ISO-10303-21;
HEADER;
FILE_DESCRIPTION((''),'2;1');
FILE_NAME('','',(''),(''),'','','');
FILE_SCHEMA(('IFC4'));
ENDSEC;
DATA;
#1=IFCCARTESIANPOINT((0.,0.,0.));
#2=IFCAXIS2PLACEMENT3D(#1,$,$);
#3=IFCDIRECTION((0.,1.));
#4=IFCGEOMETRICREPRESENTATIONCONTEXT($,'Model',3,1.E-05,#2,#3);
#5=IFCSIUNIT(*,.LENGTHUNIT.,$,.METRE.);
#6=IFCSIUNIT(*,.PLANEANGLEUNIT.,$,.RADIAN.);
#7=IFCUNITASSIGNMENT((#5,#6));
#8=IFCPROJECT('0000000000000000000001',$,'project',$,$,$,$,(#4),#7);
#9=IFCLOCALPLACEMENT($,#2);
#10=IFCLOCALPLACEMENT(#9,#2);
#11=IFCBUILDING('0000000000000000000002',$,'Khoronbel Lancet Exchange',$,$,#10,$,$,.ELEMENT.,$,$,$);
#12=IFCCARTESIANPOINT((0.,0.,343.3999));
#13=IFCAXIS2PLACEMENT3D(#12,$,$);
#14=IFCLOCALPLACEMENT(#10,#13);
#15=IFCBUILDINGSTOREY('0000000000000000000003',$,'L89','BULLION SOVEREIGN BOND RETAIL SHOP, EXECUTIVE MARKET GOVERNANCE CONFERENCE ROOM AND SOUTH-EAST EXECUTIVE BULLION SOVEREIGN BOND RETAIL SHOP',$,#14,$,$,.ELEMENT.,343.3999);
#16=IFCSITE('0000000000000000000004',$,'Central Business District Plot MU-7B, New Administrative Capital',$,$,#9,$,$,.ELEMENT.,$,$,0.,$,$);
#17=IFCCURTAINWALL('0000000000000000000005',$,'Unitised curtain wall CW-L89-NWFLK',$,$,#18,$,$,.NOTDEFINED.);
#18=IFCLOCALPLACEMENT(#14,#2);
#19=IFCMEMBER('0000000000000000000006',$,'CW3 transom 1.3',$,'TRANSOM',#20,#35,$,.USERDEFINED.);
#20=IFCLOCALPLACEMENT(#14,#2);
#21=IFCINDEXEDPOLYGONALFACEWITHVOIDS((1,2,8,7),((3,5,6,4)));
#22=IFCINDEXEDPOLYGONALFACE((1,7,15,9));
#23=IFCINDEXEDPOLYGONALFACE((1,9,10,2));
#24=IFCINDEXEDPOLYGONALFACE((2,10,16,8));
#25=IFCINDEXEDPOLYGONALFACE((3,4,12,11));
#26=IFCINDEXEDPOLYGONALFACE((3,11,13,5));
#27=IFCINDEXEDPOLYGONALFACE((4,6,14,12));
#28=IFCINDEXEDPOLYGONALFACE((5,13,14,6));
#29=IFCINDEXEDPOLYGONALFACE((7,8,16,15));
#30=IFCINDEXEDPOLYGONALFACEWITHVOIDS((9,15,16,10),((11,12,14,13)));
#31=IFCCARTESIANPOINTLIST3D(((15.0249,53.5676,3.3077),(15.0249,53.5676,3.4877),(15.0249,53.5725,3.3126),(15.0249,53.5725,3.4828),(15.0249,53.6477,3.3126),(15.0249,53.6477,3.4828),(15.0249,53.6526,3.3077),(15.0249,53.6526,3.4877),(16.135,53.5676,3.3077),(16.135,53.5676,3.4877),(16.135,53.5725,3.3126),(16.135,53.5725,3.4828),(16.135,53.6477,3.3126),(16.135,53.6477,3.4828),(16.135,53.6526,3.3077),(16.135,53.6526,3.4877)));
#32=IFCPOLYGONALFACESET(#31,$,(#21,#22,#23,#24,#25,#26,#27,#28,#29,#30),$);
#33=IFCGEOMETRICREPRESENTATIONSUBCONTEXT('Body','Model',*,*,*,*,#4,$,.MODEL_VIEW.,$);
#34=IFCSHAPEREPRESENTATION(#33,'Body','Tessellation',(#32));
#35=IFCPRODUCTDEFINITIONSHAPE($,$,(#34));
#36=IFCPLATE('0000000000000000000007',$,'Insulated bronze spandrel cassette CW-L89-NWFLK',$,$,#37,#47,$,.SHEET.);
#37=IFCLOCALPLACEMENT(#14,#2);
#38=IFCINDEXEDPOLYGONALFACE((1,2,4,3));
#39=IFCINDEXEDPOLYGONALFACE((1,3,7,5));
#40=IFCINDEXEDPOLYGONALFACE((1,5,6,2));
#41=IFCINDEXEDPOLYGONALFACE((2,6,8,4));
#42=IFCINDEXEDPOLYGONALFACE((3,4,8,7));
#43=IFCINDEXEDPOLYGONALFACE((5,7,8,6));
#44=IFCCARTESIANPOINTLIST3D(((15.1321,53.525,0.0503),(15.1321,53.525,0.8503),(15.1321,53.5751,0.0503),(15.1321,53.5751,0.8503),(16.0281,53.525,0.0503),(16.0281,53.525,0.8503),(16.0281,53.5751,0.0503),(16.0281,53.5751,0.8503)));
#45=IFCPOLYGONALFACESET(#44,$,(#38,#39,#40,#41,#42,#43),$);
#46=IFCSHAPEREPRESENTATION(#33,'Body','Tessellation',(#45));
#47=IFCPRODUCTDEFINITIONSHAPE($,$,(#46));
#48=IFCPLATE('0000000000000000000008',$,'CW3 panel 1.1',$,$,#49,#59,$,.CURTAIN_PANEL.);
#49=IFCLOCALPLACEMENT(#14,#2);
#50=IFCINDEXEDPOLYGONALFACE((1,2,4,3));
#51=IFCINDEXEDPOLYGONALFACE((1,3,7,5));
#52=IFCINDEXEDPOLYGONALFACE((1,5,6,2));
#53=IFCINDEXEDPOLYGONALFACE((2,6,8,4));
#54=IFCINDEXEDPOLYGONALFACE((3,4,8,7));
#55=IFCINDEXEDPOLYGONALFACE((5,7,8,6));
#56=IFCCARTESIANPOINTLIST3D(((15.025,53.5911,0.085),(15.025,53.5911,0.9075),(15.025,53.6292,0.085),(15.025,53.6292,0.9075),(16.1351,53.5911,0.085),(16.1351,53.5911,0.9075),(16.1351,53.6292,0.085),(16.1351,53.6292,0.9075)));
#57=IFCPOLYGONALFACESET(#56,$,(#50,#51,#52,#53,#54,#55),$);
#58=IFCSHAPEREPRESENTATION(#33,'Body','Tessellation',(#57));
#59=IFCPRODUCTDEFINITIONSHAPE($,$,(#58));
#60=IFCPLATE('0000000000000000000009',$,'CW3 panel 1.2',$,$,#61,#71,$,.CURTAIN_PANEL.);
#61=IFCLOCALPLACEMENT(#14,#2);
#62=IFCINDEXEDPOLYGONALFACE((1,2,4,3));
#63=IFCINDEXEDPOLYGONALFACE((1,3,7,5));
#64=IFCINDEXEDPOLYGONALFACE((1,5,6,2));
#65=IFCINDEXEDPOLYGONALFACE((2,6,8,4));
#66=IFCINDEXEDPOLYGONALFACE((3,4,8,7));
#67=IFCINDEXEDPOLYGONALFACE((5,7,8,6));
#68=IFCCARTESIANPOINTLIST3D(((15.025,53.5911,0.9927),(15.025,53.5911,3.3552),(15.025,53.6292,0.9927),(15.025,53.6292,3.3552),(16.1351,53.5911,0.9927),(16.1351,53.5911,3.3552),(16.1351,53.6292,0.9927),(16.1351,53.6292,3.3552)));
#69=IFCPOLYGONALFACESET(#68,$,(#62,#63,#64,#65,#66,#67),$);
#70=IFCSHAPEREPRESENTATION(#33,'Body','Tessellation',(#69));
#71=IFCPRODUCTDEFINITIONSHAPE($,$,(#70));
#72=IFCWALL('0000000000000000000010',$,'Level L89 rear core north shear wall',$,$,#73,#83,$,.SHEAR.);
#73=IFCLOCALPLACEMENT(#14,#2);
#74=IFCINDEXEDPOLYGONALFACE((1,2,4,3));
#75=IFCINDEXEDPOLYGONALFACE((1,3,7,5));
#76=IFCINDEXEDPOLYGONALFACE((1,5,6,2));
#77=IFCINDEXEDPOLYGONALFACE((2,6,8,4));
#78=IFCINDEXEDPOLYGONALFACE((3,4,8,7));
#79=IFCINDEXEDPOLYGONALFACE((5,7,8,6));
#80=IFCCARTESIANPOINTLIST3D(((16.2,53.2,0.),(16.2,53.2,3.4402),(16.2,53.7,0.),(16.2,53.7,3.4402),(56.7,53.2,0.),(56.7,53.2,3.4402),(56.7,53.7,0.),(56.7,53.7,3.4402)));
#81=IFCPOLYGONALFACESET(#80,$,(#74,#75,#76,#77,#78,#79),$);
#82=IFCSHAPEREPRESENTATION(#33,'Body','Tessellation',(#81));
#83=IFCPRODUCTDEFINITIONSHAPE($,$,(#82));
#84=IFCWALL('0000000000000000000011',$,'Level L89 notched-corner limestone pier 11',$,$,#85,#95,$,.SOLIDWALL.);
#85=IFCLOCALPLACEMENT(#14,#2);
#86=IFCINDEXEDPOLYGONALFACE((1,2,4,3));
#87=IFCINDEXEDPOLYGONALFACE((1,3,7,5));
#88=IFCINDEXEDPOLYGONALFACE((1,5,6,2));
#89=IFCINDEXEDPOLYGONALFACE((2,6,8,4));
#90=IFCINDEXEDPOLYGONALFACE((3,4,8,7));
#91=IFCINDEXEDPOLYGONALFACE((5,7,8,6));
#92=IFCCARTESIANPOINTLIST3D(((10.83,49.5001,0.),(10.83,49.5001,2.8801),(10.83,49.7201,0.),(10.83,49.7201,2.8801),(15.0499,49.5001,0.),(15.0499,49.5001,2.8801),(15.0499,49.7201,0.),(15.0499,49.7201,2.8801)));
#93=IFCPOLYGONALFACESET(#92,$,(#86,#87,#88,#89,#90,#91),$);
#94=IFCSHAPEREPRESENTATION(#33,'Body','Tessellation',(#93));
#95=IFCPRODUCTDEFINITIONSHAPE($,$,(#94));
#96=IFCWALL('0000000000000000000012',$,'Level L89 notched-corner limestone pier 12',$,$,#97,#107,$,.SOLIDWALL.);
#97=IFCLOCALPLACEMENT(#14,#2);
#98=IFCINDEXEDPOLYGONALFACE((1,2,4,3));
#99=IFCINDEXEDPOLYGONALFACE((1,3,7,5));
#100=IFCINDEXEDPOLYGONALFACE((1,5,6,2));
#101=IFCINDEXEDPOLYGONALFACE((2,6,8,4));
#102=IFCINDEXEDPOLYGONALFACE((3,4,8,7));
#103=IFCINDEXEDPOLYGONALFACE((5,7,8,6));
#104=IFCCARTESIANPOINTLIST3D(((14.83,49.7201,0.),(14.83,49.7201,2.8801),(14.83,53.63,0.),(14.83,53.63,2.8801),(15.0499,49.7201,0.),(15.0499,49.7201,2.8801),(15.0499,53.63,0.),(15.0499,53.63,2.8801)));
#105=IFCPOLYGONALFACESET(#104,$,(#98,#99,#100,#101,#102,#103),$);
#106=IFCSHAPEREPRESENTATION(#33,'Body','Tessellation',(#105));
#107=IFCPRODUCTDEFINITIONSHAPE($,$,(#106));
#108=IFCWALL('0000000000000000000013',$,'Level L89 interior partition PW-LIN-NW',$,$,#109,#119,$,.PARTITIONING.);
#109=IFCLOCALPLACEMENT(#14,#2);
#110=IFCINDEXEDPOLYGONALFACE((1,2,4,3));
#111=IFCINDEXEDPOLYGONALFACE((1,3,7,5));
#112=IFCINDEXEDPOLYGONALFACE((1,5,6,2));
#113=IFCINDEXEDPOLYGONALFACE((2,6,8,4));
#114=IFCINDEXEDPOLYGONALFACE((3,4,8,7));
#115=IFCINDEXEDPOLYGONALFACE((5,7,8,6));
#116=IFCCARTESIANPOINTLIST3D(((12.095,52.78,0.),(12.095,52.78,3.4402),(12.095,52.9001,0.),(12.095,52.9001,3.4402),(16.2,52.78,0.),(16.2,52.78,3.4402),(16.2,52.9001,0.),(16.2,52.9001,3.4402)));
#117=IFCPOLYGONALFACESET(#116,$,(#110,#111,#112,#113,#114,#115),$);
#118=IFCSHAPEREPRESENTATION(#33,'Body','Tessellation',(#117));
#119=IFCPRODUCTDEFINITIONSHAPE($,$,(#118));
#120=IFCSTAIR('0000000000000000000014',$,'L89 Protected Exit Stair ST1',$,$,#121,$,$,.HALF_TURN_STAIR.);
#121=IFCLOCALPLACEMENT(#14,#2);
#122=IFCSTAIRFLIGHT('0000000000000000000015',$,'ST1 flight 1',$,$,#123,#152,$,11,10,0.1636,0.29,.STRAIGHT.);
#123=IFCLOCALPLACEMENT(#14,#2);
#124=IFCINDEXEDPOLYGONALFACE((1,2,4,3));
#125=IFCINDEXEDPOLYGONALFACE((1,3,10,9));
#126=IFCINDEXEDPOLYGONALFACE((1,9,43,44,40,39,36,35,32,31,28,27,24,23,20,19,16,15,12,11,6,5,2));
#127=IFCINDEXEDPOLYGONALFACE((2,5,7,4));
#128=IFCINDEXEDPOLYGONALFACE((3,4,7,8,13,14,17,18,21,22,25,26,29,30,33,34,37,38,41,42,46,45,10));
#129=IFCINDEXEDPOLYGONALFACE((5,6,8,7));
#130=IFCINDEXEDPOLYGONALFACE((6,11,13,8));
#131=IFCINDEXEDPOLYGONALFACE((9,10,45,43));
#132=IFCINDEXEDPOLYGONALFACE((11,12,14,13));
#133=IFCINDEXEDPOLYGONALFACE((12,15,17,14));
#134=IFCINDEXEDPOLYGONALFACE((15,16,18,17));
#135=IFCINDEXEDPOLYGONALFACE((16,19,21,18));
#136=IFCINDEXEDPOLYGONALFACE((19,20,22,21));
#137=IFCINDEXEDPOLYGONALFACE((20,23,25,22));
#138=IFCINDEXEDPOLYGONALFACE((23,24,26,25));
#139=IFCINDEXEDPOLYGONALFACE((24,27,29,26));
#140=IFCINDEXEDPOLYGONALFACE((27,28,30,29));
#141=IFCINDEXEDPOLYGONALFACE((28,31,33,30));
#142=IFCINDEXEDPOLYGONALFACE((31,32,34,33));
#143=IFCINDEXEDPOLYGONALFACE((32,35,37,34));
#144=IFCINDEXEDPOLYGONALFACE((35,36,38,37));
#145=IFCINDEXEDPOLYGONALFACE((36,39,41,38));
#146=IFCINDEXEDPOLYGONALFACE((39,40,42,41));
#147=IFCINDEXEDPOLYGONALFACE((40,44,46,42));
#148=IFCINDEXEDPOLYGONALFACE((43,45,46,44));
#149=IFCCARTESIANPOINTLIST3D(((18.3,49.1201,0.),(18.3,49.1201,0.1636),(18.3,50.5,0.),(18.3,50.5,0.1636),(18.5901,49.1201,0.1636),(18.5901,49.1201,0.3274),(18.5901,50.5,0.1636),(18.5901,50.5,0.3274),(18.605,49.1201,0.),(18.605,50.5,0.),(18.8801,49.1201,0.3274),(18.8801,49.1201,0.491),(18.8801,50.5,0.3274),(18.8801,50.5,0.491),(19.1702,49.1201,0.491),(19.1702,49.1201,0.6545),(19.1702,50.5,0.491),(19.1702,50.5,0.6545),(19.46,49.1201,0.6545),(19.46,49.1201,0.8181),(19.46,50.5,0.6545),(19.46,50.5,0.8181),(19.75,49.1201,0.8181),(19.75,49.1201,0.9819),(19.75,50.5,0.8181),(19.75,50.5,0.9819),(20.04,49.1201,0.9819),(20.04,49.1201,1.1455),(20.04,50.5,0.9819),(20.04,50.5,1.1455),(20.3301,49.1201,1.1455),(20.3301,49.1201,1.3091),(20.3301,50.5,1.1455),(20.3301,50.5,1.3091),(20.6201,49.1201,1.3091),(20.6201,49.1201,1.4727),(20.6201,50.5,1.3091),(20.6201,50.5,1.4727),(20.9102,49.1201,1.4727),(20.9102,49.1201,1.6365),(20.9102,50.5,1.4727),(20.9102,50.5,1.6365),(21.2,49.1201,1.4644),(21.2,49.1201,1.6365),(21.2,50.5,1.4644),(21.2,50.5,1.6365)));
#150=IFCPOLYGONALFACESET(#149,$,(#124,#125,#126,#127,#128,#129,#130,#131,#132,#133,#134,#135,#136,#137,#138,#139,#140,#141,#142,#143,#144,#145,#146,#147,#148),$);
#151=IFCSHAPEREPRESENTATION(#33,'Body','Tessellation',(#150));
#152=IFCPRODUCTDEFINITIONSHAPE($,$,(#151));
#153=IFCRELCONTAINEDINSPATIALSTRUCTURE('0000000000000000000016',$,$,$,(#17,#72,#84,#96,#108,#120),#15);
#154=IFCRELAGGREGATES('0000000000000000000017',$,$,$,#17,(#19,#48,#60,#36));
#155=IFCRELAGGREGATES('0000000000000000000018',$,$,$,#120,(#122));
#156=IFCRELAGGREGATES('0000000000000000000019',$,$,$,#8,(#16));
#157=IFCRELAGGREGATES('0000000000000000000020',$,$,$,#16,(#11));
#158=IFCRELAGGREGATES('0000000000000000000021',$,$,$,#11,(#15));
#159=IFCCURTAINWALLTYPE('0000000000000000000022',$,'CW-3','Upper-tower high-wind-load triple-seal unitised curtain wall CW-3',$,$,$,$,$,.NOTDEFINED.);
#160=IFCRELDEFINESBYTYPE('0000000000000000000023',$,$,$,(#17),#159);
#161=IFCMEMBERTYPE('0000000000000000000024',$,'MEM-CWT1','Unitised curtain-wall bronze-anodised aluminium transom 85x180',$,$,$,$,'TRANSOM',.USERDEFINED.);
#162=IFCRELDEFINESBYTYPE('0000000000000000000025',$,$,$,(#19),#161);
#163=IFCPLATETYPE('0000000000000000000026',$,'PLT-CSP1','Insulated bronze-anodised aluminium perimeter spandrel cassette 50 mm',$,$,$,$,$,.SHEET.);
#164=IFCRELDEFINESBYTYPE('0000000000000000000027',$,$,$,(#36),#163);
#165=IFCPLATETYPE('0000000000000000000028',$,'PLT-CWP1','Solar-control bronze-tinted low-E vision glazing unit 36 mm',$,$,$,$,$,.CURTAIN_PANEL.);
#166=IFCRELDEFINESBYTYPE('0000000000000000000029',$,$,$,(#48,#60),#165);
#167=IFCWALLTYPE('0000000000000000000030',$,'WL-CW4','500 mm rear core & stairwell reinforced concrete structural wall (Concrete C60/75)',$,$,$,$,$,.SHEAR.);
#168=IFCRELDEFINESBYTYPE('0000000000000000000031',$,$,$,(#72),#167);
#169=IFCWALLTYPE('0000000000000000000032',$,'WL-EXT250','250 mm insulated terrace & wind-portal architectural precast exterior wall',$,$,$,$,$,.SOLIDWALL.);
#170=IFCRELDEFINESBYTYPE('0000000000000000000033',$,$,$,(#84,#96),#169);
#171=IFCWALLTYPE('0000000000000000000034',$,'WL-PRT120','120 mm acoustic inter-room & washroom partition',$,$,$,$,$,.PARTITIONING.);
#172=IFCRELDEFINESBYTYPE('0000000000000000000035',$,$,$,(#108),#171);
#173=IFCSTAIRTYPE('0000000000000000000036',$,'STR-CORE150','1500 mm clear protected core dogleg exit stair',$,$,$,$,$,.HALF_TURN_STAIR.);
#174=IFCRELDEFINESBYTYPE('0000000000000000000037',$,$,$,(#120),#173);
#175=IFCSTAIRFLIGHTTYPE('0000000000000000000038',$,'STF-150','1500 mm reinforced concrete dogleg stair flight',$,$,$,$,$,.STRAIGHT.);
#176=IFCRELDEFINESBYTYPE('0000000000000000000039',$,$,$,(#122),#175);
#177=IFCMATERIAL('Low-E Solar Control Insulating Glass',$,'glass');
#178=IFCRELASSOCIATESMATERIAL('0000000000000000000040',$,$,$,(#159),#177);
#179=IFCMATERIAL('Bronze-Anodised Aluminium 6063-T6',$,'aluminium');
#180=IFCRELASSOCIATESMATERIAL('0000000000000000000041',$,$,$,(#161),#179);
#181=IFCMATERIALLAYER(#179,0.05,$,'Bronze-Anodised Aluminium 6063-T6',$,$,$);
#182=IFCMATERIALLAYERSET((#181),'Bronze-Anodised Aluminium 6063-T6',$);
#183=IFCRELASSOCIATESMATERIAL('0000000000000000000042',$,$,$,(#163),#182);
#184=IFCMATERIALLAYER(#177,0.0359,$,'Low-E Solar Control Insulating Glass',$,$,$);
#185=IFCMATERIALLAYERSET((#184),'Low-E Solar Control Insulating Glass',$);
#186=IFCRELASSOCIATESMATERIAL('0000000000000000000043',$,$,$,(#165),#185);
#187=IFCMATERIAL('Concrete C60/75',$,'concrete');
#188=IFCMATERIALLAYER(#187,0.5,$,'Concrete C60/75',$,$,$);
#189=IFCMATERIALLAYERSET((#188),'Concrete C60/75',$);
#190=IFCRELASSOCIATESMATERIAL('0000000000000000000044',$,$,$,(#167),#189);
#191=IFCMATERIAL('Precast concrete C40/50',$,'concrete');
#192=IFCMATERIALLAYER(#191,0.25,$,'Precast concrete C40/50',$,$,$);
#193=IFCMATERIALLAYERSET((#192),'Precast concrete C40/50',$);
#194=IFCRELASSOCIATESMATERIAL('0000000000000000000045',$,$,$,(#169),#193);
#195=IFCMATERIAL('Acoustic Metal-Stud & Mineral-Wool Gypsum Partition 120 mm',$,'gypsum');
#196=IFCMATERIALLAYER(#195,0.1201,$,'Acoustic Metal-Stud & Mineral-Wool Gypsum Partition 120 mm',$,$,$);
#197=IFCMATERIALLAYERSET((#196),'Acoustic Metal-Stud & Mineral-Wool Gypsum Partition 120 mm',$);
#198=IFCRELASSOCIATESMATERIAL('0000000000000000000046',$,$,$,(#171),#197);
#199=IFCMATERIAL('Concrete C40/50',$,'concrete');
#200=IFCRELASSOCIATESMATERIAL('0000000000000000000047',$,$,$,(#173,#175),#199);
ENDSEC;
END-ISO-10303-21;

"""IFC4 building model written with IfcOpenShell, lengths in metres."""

from ifc_helpers import new_model, si_unit, direction, frame, frame_2d, origin, origin_2d, place, context, subcontext, project, spatial, polyline, rectangle, hollow_rectangle, outline, extrude, material, layer, layer_set, material_profile, profile_set, type_object, element, aggregate, save


model = new_model("IFC4")

# Units and contexts
model_context = context("Model", 3, precision=1e-05, world=origin(), true_north=direction((0.0, 1.0)))
body_context = subcontext(model_context, "Body", "Model", "MODEL_VIEW")
ifc_project = project(units=[si_unit("LENGTHUNIT", "METRE"), si_unit("PLANEANGLEUNIT", "RADIAN")], contexts=[model_context])

# Site, building, storey
site_placement = place(None, origin())
site = spatial("IfcSite", under=ifc_project, at=site_placement, Name="Central Business District Plot MU-7B, New Administrative Capital", CompositionType="ELEMENT", RefElevation=0.0)
building_placement = place(site_placement, origin())
building = spatial("IfcBuilding", under=site, at=building_placement, Name="Khoronbel Lancet Exchange", CompositionType="ELEMENT")
storey_placement = place(building_placement, frame((0.0, 0.0, 343.3999)))
storey = spatial("IfcBuildingStorey", under=building, at=storey_placement, Name="L89", Description="BULLION SOVEREIGN BOND RETAIL SHOP, EXECUTIVE MARKET GOVERNANCE CONFERENCE ROOM AND SOUTH-EAST EXECUTIVE BULLION SOVEREIGN BOND RETAIL SHOP", CompositionType="ELEMENT", Elevation=343.3999)

# Curtain wall, member, plates
ifc_material_1 = material(Name="Low-E Solar Control Insulating Glass", Category="glass")
curtain_wall_type = type_object("IfcCurtainWallType", Name="CW-3", Description="Upper-tower high-wind-load triple-seal unitised curtain wall CW-3", PredefinedType="NOTDEFINED", material=ifc_material_1)
curtain_wall_placement = place(storey_placement, origin())
curtain_wall = element("IfcCurtainWall", 1, at=curtain_wall_placement, inside=storey, type_object=curtain_wall_type, Name="Unitised curtain wall CW-L89-NWFLK", PredefinedType="NOTDEFINED")
ifc_material_2 = material(Name="Bronze-Anodised Aluminium 6063-T6", Category="aluminium")
ifc_material_profile_1 = material_profile(ifc_material_2, hollow_rectangle(XDim=0.085, YDim=0.1799, WallThickness=0.0049, at=origin_2d()), Name="ALU TRANSOM 85x180")
ifc_profile_set_1 = profile_set([ifc_material_profile_1], Name="Bronze-Anodised Aluminium 6063-T6")
member_type_1 = type_object("IfcMemberType", Name="MEM-CWT1", Description="Unitised curtain-wall bronze-anodised aluminium transom 85x180", ElementType="TRANSOM", PredefinedType="USERDEFINED", material=ifc_profile_set_1)
member_1_placement = place(storey_placement, frame((16.135, 53.6101, 3.3977), z_axis=(-1.0, 0.0, 0.0), x_axis=(0.0, -1.0, 0.0)))
member_1 = element("IfcMember", 2, at=member_1_placement, type_object=member_type_1, Name="CW3 transom 1.3", ObjectType="TRANSOM", PredefinedType="USERDEFINED", context=body_context, shape_type="SweptSolid", body=[
    extrude(hollow_rectangle(XDim=0.085, YDim=0.1799, WallThickness=0.0049, at=origin_2d()), origin(), (0.0, 0.0, 1.0), 1.1101),
])
ifc_layer_1 = layer(ifc_material_2, 0.05, Name="Bronze-Anodised Aluminium 6063-T6")
ifc_layer_set_1 = layer_set([ifc_layer_1], Name="Bronze-Anodised Aluminium 6063-T6")
plate_type_1 = type_object("IfcPlateType", Name="PLT-CSP1", Description="Insulated bronze-anodised aluminium perimeter spandrel cassette 50 mm", PredefinedType="SHEET", material=ifc_layer_set_1)
plate_1_placement = place(storey_placement, frame((15.5801, 53.55, 0.0503), z_axis=(0.0, 0.0, 1.0), x_axis=(-1.0, 0.0, 0.0)))
plate_1 = element("IfcPlate", 3, at=plate_1_placement, type_object=plate_type_1, Name="Insulated bronze spandrel cassette CW-L89-NWFLK", PredefinedType="SHEET", context=body_context, shape_type="SweptSolid", body=[
    extrude(rectangle(XDim=0.896, YDim=0.05, at=origin_2d()), origin(), (0.0, 0.0, 1.0), 0.8),
])
ifc_layer_2 = layer(ifc_material_1, 0.0359, Name="Low-E Solar Control Insulating Glass")
ifc_layer_set_2 = layer_set([ifc_layer_2], Name="Low-E Solar Control Insulating Glass")
plate_type_2 = type_object("IfcPlateType", Name="PLT-CWP1", Description="Solar-control bronze-tinted low-E vision glazing unit 36 mm", PredefinedType="CURTAIN_PANEL", material=ifc_layer_set_2)
plate_2_placement = place(storey_placement, frame((15.5801, 53.6101, 0.085), z_axis=(0.0, 0.0, 1.0), x_axis=(-1.0, 0.0, 0.0)))
plate_2 = element("IfcPlate", 4, at=plate_2_placement, type_object=plate_type_2, Name="CW3 panel 1.1", PredefinedType="CURTAIN_PANEL", context=body_context, shape_type="SweptSolid", body=[
    extrude(rectangle(XDim=1.1101, YDim=0.0381, at=origin_2d()), origin(), (0.0, 0.0, 1.0), 0.8225),
])
plate_3_placement = place(storey_placement, frame((15.5801, 53.6101, 0.9927), z_axis=(0.0, 0.0, 1.0), x_axis=(-1.0, 0.0, 0.0)))
plate_3 = element("IfcPlate", 5, at=plate_3_placement, type_object=plate_type_2, Name="CW3 panel 1.2", PredefinedType="CURTAIN_PANEL", context=body_context, shape_type="SweptSolid", body=[
    extrude(rectangle(XDim=1.1101, YDim=0.0381, at=origin_2d()), origin(), (0.0, 0.0, 1.0), 2.3625),
])
aggregate(curtain_wall, [member_1, plate_2, plate_3, plate_1])

# Walls
ifc_material_3 = material(Name="Concrete C60/75", Category="concrete")
ifc_layer_3 = layer(ifc_material_3, 0.5, Name="Concrete C60/75")
ifc_layer_set_3 = layer_set([ifc_layer_3], Name="Concrete C60/75")
wall_type_1 = type_object("IfcWallType", Name="WL-CW4", Description="500 mm rear core & stairwell reinforced concrete structural wall (Concrete C60/75)", PredefinedType="SHEAR", material=ifc_layer_set_3)
wall_1_placement = place(storey_placement, frame((16.2, 53.45, 0.0), z_axis=(0.0, 0.0, 1.0), x_axis=(1.0, 0.0, 0.0)))
element("IfcWall", 6, at=wall_1_placement, inside=storey, type_object=wall_type_1, Name="Level L89 rear core north shear wall", PredefinedType="SHEAR", context=body_context, shape_type="SweptSolid", body=[
    extrude(rectangle(XDim=40.5, YDim=0.5, at=frame_2d((20.25, 0.0))), origin(), (0.0, 0.0, 1.0), 3.4402),
])
ifc_material_4 = material(Name="Precast concrete C40/50", Category="concrete")
ifc_layer_4 = layer(ifc_material_4, 0.25, Name="Precast concrete C40/50")
ifc_layer_set_4 = layer_set([ifc_layer_4], Name="Precast concrete C40/50")
wall_type_2 = type_object("IfcWallType", Name="WL-EXT250", Description="250 mm insulated terrace & wind-portal architectural precast exterior wall", PredefinedType="SOLIDWALL", material=ifc_layer_set_4)
wall_2_placement = place(storey_placement, frame((10.8301, 49.6101, 0.0), z_axis=(0.0, 0.0, 1.0), x_axis=(1.0, 0.0, 0.0)))
element("IfcWall", 7, at=wall_2_placement, inside=storey, type_object=wall_type_2, Name="Level L89 notched-corner limestone pier 11", PredefinedType="SOLIDWALL", context=body_context, shape_type="SweptSolid", body=[
    extrude(rectangle(XDim=4.22, YDim=0.22, at=frame_2d((2.1099, 0.0))), origin(), (0.0, 0.0, 1.0), 2.8801),
])
wall_3_placement = place(storey_placement, frame((14.9399, 49.72, 0.0), z_axis=(0.0, 0.0, 1.0), x_axis=(0.0, 1.0, 0.0)))
element("IfcWall", 8, at=wall_3_placement, inside=storey, type_object=wall_type_2, Name="Level L89 notched-corner limestone pier 12", PredefinedType="SOLIDWALL", context=body_context, shape_type="SweptSolid", body=[
    extrude(rectangle(XDim=3.9099, YDim=0.22, at=frame_2d((1.9551, 0.0))), origin(), (0.0, 0.0, 1.0), 2.8801),
])
ifc_material_5 = material(Name="Acoustic Metal-Stud & Mineral-Wool Gypsum Partition 120 mm", Category="gypsum")
ifc_layer_5 = layer(ifc_material_5, 0.1201, Name="Acoustic Metal-Stud & Mineral-Wool Gypsum Partition 120 mm")
ifc_layer_set_5 = layer_set([ifc_layer_5], Name="Acoustic Metal-Stud & Mineral-Wool Gypsum Partition 120 mm")
wall_type_3 = type_object("IfcWallType", Name="WL-PRT120", Description="120 mm acoustic inter-room & washroom partition", PredefinedType="PARTITIONING", material=ifc_layer_set_5)
wall_4_placement = place(storey_placement, frame((12.095, 52.8401, 0.0), z_axis=(0.0, 0.0, 1.0), x_axis=(1.0, 0.0, 0.0)))
element("IfcWall", 9, at=wall_4_placement, inside=storey, type_object=wall_type_3, Name="Level L89 interior partition PW-LIN-NW", PredefinedType="PARTITIONING", context=body_context, shape_type="SweptSolid", body=[
    extrude(rectangle(XDim=4.105, YDim=0.1201, at=frame_2d((2.0525, 0.0))), origin(), (0.0, 0.0, 1.0), 3.4402),
])

# Stair, stair flight
ifc_material_6 = material(Name="Concrete C40/50", Category="concrete")
stair_type = type_object("IfcStairType", Name="STR-CORE150", Description="1500 mm clear protected core dogleg exit stair", PredefinedType="HALF_TURN_STAIR", material=ifc_material_6)
stair_placement = place(storey_placement, origin())
stair = element("IfcStair", 10, at=stair_placement, inside=storey, type_object=stair_type, Name="L89 Protected Exit Stair ST1", PredefinedType="HALF_TURN_STAIR")
stair_flight_type = type_object("IfcStairFlightType", Name="STF-150", Description="1500 mm reinforced concrete dogleg stair flight", PredefinedType="STRAIGHT", material=ifc_material_6)
stair_flight_placement = place(storey_placement, frame((18.3, 49.8101, 0.0), z_axis=(0.0, 0.0, 1.0), x_axis=(1.0, 0.0, 0.0)))
stair_flight = element("IfcStairFlight", 11, at=stair_flight_placement, type_object=stair_flight_type, Name="ST1 flight 1", NumberOfRisers=11, NumberOfTreads=10, PredefinedType="STRAIGHT", RiserHeight=0.1636, TreadLength=0.29, context=body_context, shape_type="SweptSolid", body=[
    extrude(outline(polyline([(0.0, 0.0), (0.0, 0.1636), (0.29, 0.1636), (0.29, 0.3274), (0.5801, 0.3274), (0.5801, 0.491), (0.8701, 0.491), (0.8701, 0.6545), (1.1599, 0.6545), (1.1599, 0.8181), (1.45, 0.8181), (1.45, 0.9819), (1.74, 0.9819), (1.74, 1.1455), (2.03, 1.1455), (2.03, 1.3091), (2.3201, 1.3091), (2.3201, 1.4727), (2.6101, 1.4727), (2.6101, 1.6365), (2.8999, 1.6365), (2.8999, 1.8), (2.8999, 1.4644), (0.3049, 0.0), (0.0, 0.0)])), frame((0.0, 0.6899, 0.0), z_axis=(0.0, -1.0, 0.0), x_axis=(1.0, 0.0, 0.0)), (0.0, 0.0, 1.0), 1.3799),
])
aggregate(stair, [stair_flight])

save(model, "model.ifc")
